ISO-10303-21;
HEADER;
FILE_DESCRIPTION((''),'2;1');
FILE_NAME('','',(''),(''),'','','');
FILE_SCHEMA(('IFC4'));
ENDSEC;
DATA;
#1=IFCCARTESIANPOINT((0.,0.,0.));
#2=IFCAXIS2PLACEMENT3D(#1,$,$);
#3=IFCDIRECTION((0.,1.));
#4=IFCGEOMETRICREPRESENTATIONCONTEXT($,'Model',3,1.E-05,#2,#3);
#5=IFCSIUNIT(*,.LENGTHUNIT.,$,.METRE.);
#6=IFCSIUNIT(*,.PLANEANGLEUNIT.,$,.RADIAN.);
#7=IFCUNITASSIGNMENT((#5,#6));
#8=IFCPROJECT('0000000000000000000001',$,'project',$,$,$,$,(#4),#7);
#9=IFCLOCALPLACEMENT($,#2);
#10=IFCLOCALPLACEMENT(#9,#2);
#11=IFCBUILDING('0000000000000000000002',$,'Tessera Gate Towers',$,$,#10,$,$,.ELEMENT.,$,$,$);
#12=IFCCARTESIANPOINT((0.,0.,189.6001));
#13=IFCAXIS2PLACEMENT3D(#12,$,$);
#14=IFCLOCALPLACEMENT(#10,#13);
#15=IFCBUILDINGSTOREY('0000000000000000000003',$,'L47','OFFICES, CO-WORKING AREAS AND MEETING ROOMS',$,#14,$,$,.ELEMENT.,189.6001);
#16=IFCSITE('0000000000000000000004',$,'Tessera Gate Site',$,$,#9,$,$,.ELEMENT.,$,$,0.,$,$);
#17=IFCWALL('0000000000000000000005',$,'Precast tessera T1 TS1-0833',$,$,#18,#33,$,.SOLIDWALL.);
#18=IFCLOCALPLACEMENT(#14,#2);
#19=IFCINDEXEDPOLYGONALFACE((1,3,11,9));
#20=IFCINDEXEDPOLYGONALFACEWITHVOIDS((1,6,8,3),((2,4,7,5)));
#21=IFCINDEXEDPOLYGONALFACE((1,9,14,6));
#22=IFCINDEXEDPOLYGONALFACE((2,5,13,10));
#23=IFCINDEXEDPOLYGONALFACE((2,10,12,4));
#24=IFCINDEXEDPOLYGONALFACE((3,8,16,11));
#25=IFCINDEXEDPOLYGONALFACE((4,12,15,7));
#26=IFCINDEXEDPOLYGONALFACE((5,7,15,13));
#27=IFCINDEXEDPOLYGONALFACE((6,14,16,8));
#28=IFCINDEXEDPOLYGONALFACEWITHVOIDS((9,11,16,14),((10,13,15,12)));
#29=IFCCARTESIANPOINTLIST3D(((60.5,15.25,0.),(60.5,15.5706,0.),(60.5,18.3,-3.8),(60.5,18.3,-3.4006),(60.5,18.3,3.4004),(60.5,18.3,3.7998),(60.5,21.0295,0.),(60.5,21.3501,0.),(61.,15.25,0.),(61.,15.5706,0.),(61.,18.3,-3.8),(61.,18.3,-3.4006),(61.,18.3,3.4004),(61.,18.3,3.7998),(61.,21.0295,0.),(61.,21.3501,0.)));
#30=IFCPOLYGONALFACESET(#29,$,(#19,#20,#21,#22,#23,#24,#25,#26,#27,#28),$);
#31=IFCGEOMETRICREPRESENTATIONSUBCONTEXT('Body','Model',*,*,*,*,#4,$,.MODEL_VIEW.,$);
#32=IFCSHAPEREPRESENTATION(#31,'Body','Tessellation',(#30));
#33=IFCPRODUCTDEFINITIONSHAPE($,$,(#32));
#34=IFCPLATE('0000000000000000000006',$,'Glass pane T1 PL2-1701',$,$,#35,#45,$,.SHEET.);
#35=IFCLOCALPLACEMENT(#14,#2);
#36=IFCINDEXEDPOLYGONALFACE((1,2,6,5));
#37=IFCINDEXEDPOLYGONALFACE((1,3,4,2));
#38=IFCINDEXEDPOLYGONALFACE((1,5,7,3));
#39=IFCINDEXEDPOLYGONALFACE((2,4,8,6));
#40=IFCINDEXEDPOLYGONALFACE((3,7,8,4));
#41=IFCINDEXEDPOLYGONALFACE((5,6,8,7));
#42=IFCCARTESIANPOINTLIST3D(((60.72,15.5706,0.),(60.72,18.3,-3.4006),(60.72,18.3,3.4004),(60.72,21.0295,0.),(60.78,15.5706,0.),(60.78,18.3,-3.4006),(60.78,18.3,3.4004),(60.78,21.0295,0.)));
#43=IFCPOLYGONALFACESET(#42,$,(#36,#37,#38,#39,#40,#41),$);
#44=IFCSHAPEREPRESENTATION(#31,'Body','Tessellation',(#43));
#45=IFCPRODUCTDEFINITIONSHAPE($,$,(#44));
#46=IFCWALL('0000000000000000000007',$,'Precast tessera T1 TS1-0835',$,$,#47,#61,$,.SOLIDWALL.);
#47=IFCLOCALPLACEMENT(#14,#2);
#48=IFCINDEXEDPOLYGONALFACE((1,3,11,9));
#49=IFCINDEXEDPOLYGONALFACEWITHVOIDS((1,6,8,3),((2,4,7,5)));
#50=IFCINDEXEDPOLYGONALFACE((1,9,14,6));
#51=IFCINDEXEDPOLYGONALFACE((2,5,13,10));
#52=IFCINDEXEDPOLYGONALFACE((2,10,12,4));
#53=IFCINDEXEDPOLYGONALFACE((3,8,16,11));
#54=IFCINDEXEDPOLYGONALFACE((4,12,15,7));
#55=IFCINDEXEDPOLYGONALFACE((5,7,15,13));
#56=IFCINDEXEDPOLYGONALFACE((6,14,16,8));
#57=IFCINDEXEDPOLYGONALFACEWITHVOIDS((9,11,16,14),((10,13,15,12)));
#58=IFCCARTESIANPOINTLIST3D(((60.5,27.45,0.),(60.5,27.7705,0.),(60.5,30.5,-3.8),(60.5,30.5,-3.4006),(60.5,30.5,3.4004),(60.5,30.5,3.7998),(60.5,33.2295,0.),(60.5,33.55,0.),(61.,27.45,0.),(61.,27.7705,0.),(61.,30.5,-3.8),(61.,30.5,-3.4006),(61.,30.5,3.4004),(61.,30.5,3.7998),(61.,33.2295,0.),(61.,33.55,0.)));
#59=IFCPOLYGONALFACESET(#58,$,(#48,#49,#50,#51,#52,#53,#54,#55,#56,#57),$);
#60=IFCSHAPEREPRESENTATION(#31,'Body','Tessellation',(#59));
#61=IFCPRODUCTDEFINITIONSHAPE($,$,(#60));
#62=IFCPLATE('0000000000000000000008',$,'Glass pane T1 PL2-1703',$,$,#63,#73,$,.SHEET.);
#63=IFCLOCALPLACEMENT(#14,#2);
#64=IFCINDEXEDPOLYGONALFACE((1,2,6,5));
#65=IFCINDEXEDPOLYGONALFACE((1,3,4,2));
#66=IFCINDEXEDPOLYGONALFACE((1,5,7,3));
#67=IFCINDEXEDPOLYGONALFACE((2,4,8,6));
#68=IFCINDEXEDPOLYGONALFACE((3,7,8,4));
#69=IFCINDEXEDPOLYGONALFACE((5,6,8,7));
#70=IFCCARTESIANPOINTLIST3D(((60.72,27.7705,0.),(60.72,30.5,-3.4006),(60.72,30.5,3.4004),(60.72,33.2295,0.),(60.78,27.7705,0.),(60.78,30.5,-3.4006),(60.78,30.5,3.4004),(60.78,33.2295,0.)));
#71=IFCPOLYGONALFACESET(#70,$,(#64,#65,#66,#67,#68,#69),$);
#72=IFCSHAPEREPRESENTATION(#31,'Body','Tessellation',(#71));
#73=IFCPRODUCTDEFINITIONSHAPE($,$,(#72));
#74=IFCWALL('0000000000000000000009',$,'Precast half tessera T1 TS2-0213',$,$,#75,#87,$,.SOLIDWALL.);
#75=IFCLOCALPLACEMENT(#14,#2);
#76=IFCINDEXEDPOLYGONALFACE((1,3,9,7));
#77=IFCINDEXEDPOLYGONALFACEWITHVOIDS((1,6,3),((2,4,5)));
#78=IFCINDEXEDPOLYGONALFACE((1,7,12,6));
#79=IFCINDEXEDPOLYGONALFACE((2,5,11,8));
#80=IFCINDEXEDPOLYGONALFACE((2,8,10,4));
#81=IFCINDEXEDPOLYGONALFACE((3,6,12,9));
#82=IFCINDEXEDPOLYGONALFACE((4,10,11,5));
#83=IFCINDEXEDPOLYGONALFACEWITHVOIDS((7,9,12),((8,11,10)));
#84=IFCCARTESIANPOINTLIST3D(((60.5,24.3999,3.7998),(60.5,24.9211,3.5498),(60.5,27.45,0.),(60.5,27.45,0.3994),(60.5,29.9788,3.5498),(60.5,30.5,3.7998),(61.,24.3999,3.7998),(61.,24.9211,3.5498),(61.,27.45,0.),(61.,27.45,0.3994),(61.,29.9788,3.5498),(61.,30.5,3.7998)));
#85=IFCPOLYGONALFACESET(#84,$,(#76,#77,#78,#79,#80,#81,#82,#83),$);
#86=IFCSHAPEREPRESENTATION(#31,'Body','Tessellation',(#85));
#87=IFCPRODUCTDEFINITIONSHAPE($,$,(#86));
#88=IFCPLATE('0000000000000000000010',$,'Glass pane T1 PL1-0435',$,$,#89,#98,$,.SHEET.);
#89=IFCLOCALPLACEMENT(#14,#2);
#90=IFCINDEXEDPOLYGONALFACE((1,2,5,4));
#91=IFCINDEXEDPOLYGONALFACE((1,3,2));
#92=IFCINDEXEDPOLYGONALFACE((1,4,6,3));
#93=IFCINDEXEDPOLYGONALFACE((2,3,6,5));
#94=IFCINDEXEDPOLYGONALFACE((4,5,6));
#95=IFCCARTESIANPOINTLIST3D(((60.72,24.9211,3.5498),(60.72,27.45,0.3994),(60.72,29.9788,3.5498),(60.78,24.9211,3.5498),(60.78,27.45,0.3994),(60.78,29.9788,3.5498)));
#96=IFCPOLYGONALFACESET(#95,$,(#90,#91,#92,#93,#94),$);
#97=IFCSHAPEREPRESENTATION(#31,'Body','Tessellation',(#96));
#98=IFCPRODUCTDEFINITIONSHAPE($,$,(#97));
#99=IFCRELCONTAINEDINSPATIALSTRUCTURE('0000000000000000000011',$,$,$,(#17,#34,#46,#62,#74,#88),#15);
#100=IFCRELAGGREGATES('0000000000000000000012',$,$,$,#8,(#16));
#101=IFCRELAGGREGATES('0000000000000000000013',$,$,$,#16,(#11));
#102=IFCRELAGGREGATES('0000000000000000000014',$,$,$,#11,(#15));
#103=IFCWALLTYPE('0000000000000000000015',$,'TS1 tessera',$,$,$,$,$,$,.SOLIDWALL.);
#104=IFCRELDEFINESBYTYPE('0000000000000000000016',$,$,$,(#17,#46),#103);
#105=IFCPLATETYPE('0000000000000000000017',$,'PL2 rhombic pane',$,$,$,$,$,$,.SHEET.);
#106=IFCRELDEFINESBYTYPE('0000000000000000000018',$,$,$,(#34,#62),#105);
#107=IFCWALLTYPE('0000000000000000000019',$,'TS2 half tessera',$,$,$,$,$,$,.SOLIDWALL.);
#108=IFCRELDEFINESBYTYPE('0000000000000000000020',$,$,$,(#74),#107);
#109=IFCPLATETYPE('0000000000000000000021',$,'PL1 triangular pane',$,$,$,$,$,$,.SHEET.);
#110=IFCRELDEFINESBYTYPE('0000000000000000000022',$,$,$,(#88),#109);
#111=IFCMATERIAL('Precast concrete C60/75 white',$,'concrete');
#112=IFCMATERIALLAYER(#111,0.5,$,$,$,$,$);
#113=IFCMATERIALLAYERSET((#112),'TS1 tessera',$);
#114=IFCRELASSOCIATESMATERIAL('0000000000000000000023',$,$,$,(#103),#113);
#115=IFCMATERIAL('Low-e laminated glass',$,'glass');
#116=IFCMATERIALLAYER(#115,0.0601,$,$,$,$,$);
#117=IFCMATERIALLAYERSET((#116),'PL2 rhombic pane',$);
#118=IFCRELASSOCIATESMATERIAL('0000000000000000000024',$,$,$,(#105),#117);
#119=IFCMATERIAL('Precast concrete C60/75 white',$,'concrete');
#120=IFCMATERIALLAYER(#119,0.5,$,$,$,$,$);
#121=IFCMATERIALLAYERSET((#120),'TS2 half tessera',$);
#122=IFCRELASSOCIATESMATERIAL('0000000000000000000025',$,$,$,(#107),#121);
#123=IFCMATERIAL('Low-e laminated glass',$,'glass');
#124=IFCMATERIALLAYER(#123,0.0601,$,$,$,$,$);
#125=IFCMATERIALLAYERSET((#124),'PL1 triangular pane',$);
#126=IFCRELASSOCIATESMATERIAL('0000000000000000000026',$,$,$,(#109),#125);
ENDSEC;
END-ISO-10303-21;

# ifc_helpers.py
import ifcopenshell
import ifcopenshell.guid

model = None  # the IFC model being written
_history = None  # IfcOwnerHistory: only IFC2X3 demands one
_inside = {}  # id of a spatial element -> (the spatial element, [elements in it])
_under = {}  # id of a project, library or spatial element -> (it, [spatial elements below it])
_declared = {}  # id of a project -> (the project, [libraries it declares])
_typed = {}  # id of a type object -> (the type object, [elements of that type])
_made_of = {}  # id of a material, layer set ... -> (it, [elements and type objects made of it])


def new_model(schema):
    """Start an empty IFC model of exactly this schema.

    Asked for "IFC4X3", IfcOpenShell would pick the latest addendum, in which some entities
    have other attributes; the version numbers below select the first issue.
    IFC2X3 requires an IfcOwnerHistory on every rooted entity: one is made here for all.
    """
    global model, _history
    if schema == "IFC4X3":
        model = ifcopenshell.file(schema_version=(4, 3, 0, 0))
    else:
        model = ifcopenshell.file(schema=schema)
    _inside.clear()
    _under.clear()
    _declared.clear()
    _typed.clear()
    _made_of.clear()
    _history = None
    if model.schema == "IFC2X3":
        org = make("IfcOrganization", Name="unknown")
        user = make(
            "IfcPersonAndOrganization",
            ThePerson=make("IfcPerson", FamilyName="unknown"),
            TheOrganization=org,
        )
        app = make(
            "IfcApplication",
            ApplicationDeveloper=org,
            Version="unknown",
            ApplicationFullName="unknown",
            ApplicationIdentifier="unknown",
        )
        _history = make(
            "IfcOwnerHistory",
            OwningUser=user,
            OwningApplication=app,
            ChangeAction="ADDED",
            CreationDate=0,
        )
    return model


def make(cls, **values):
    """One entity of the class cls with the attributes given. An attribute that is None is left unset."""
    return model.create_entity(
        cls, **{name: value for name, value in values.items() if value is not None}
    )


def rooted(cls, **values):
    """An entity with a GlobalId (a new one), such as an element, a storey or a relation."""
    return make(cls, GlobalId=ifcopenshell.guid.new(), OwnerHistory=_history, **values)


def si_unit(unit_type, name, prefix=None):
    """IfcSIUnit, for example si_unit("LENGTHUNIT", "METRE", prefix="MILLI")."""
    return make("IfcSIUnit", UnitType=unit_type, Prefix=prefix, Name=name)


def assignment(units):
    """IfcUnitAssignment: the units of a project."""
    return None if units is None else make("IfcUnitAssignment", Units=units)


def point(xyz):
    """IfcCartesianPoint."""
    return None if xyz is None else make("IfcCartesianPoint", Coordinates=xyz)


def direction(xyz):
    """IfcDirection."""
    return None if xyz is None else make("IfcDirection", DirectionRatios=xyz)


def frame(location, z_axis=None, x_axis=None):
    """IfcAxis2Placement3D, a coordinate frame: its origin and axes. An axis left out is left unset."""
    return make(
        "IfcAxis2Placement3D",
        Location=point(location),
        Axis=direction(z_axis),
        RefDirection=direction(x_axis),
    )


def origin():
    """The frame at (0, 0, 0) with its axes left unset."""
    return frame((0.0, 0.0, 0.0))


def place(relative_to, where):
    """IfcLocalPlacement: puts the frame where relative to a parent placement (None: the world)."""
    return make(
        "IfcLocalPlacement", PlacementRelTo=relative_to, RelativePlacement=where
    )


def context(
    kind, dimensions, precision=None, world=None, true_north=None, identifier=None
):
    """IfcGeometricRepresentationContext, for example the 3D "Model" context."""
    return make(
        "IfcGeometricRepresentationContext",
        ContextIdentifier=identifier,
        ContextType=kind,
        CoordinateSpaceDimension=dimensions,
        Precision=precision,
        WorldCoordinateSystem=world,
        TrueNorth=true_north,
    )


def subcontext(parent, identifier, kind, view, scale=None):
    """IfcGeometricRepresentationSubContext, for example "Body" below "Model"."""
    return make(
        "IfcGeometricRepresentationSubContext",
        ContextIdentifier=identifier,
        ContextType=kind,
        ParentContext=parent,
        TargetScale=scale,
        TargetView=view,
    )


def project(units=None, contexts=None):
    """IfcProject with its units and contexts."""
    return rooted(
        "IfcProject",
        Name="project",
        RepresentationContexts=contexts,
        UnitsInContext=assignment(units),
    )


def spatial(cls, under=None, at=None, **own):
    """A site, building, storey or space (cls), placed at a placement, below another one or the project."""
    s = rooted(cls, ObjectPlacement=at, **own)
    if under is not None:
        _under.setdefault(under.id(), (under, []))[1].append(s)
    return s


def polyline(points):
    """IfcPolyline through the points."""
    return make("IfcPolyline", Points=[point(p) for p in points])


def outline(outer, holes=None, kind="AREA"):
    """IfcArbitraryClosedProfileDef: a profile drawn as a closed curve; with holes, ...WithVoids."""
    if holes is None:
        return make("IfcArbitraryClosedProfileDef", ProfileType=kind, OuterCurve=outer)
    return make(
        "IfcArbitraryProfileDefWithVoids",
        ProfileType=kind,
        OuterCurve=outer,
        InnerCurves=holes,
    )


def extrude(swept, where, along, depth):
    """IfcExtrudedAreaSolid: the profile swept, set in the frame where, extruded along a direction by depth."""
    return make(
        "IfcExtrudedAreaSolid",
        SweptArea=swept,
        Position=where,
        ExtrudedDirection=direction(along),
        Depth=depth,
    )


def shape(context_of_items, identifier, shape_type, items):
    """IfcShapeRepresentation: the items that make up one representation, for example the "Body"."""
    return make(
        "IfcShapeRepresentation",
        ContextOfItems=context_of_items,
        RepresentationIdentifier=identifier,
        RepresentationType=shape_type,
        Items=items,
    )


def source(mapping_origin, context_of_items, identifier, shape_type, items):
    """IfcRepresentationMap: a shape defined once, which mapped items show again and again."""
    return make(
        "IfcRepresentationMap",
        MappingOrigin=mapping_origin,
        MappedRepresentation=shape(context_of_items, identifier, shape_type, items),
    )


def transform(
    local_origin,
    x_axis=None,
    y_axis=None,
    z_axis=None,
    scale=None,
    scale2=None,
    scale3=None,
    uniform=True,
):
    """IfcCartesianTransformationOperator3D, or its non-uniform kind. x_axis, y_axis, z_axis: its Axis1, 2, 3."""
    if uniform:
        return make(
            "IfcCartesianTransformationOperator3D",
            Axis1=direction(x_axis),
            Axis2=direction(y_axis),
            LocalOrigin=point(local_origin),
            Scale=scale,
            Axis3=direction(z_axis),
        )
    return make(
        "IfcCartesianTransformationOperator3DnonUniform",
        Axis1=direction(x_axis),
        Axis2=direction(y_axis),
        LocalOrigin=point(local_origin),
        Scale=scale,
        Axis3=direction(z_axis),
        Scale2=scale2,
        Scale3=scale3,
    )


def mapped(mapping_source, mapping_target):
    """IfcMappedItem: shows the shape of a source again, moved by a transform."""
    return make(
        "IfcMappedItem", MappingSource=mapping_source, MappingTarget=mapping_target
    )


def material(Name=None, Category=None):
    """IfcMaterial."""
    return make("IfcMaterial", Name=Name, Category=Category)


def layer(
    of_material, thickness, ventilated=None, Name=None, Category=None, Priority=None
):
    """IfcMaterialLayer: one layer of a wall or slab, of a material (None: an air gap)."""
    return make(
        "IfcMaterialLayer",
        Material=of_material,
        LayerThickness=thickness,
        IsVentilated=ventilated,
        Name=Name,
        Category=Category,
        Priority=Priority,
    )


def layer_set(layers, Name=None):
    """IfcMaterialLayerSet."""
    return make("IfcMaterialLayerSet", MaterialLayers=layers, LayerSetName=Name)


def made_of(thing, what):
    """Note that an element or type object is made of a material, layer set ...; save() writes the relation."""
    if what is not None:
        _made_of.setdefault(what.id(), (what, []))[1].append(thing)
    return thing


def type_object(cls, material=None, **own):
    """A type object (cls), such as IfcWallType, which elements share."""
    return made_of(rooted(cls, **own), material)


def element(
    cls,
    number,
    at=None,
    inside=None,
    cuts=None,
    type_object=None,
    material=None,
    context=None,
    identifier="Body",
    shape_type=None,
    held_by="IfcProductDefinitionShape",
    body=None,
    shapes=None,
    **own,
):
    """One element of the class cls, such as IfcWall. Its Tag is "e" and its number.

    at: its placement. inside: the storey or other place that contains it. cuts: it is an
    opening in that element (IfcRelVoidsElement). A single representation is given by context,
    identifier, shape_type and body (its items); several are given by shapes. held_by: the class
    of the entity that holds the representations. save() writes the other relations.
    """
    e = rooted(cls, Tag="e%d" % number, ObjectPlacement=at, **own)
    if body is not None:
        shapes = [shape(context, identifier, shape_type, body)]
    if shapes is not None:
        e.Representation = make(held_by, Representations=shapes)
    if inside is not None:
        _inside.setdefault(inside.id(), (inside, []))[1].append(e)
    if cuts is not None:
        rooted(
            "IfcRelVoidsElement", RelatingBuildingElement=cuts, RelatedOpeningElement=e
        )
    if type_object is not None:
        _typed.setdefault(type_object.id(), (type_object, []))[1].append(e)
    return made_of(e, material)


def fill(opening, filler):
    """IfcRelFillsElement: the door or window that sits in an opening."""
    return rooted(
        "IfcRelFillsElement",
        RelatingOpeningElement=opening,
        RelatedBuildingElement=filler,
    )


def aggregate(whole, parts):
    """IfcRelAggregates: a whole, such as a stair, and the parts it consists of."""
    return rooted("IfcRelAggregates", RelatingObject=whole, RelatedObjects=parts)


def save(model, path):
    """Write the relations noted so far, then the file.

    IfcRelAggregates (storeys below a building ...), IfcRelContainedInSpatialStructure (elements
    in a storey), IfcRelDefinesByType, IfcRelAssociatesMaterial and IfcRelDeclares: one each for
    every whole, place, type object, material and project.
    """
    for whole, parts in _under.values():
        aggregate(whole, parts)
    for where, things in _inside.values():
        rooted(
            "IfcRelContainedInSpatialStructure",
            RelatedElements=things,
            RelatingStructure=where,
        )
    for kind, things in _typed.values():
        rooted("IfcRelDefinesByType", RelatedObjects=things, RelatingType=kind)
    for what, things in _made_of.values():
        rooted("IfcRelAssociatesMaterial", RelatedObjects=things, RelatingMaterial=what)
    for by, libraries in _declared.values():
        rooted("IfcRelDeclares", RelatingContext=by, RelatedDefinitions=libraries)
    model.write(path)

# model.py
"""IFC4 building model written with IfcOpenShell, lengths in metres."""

from ifc_helpers import new_model, si_unit, direction, frame, origin, place, context, subcontext, project, spatial, polyline, outline, extrude, source, transform, mapped, material, layer, layer_set, type_object, element, fill, save


model = new_model("IFC4")

# Units and contexts
model_context = context("Model", 3, precision=1e-05, world=origin(), true_north=direction((0.0, 1.0)))
body_context = subcontext(model_context, "Body", "Model", "MODEL_VIEW")
ifc_project = project(units=[si_unit("LENGTHUNIT", "METRE"), si_unit("PLANEANGLEUNIT", "RADIAN")], contexts=[model_context])

# Site, building, storey
site_placement = place(None, origin())
site = spatial("IfcSite", under=ifc_project, at=site_placement, Name="Tessera Gate Site", CompositionType="ELEMENT", RefElevation=0.0)
building_placement = place(site_placement, origin())
building = spatial("IfcBuilding", under=site, at=building_placement, Name="Tessera Gate Towers", CompositionType="ELEMENT")
storey_placement = place(building_placement, frame((0.0, 0.0, 189.6001)))
storey = spatial("IfcBuildingStorey", under=building, at=storey_placement, Name="L47", Description="OFFICES, CO-WORKING AREAS AND MEETING ROOMS", CompositionType="ELEMENT", Elevation=189.6001)

# Walls, openings, plates
ifc_material_1 = material(Name="Precast concrete C60/75 white", Category="concrete")
ifc_layer_1 = layer(ifc_material_1, 0.5)
ifc_layer_set_1 = layer_set([ifc_layer_1], Name="TS1 tessera")
wall_type_1 = type_object("IfcWallType", Name="TS1 tessera", PredefinedType="SOLIDWALL", material=ifc_layer_set_1)
shared_shape_1 = source(origin(), body_context, "Body", "SweptSolid", [
    extrude(outline(polyline([(3.05, 0.0), (6.1001, 3.8), (3.05, 7.5999), (0.0, 3.8), (3.05, 0.0)])), frame((0.0, 0.25, 0.0), z_axis=(0.0, -1.0, 0.0), x_axis=(1.0, 0.0, 0.0)), (0.0, 0.0, 1.0), 0.5),
])
wall_1_placement = place(storey_placement, frame((60.75, 15.25, -3.8), z_axis=(0.0, 0.0, 1.0), x_axis=(0.0, 1.0, 0.0)))
wall_1 = element("IfcWall", 1, at=wall_1_placement, inside=storey, type_object=wall_type_1, Name="Precast tessera T1 TS1-0833", PredefinedType="SOLIDWALL", context=body_context, shape_type="MappedRepresentation", body=[
    mapped(shared_shape_1, transform((0.0, 0.0, 0.0), scale=1.0)),
])
shared_shape_2 = source(origin(), body_context, "Body", "SweptSolid", [
    extrude(outline(polyline([(3.05, 0.3994), (5.7795, 3.8), (3.05, 7.2004), (0.3206, 3.8), (3.05, 0.3994)])), frame((0.0, 0.26, 0.0), z_axis=(0.0, -1.0, 0.0), x_axis=(1.0, 0.0, 0.0)), (0.0, 0.0, 1.0), 0.52),
])
opening_1_placement = place(wall_1_placement, origin())
opening_1 = element("IfcOpeningElement", 2, at=opening_1_placement, cuts=wall_1, PredefinedType="OPENING", context=body_context, shape_type="MappedRepresentation", body=[
    mapped(shared_shape_2, transform((0.0, 0.0, 0.0), scale=1.0)),
])
ifc_material_2 = material(Name="Low-e laminated glass", Category="glass")
ifc_layer_2 = layer(ifc_material_2, 0.0601)
ifc_layer_set_2 = layer_set([ifc_layer_2], Name="PL2 rhombic pane")
plate_type_1 = type_object("IfcPlateType", Name="PL2 rhombic pane", PredefinedType="SHEET", material=ifc_layer_set_2)
shared_shape_3 = source(origin(), body_context, "Body", "SweptSolid", [
    extrude(outline(polyline([(3.05, 0.3994), (5.7795, 3.8), (3.05, 7.2004), (0.3206, 3.8), (3.05, 0.3994)])), frame((0.0, 0.03, 0.0), z_axis=(0.0, -1.0, 0.0), x_axis=(1.0, 0.0, 0.0)), (0.0, 0.0, 1.0), 0.0601),
])
plate_1_placement = place(opening_1_placement, origin())
plate_1 = element("IfcPlate", 3, at=plate_1_placement, inside=storey, type_object=plate_type_1, Name="Glass pane T1 PL2-1701", PredefinedType="SHEET", context=body_context, shape_type="MappedRepresentation", body=[
    mapped(shared_shape_3, transform((0.0, 0.0, 0.0), scale=1.0)),
])
fill(opening_1, plate_1)
wall_2_placement = place(storey_placement, frame((60.75, 27.45, -3.8), z_axis=(0.0, 0.0, 1.0), x_axis=(0.0, 1.0, 0.0)))
wall_2 = element("IfcWall", 4, at=wall_2_placement, inside=storey, type_object=wall_type_1, Name="Precast tessera T1 TS1-0835", PredefinedType="SOLIDWALL", context=body_context, shape_type="MappedRepresentation", body=[
    mapped(shared_shape_1, transform((0.0, 0.0, 0.0), scale=1.0)),
])
opening_2_placement = place(wall_2_placement, origin())
opening_2 = element("IfcOpeningElement", 5, at=opening_2_placement, cuts=wall_2, PredefinedType="OPENING", context=body_context, shape_type="MappedRepresentation", body=[
    mapped(shared_shape_2, transform((0.0, 0.0, 0.0), scale=1.0)),
])
plate_2_placement = place(opening_2_placement, origin())
plate_2 = element("IfcPlate", 6, at=plate_2_placement, inside=storey, type_object=plate_type_1, Name="Glass pane T1 PL2-1703", PredefinedType="SHEET", context=body_context, shape_type="MappedRepresentation", body=[
    mapped(shared_shape_3, transform((0.0, 0.0, 0.0), scale=1.0)),
])
fill(opening_2, plate_2)
ifc_material_3 = material(Name="Precast concrete C60/75 white", Category="concrete")
ifc_layer_3 = layer(ifc_material_3, 0.5)
ifc_layer_set_3 = layer_set([ifc_layer_3], Name="TS2 half tessera")
wall_type_2 = type_object("IfcWallType", Name="TS2 half tessera", PredefinedType="SOLIDWALL", material=ifc_layer_set_3)
shared_shape_4 = source(origin(), body_context, "Body", "SweptSolid", [
    extrude(outline(polyline([(3.05, 0.0), (6.1001, 3.7998), (0.0, 3.7998), (3.05, 0.0)])), frame((0.0, 0.25, 0.0), z_axis=(0.0, -1.0, 0.0), x_axis=(1.0, 0.0, 0.0)), (0.0, 0.0, 1.0), 0.5),
])
wall_3_placement = place(storey_placement, frame((60.75, 24.3999, 0.0), z_axis=(0.0, 0.0, 1.0), x_axis=(0.0, 1.0, 0.0)))
wall_3 = element("IfcWall", 7, at=wall_3_placement, inside=storey, type_object=wall_type_2, Name="Precast half tessera T1 TS2-0213", PredefinedType="SOLIDWALL", context=body_context, shape_type="MappedRepresentation", body=[
    mapped(shared_shape_4, transform((0.0, 0.0, 0.0), scale=1.0)),
])
shared_shape_5 = source(origin(), body_context, "Body", "SweptSolid", [
    extrude(outline(polyline([(3.05, 0.3994), (5.5789, 3.5498), (0.5212, 3.5498), (3.05, 0.3994)])), frame((0.0, 0.26, 0.0), z_axis=(0.0, -1.0, 0.0), x_axis=(1.0, 0.0, 0.0)), (0.0, 0.0, 1.0), 0.52),
])
opening_3_placement = place(wall_3_placement, origin())
opening_3 = element("IfcOpeningElement", 8, at=opening_3_placement, cuts=wall_3, PredefinedType="OPENING", context=body_context, shape_type="MappedRepresentation", body=[
    mapped(shared_shape_5, transform((0.0, 0.0, 0.0), scale=1.0)),
])
ifc_material_4 = material(Name="Low-e laminated glass", Category="glass")
ifc_layer_4 = layer(ifc_material_4, 0.0601)
ifc_layer_set_4 = layer_set([ifc_layer_4], Name="PL1 triangular pane")
plate_type_2 = type_object("IfcPlateType", Name="PL1 triangular pane", PredefinedType="SHEET", material=ifc_layer_set_4)
shared_shape_6 = source(origin(), body_context, "Body", "SweptSolid", [
    extrude(outline(polyline([(3.05, 0.3994), (5.5789, 3.5498), (0.5212, 3.5498), (3.05, 0.3994)])), frame((0.0, 0.03, 0.0), z_axis=(0.0, -1.0, 0.0), x_axis=(1.0, 0.0, 0.0)), (0.0, 0.0, 1.0), 0.0601),
])
plate_3_placement = place(opening_3_placement, origin())
plate_3 = element("IfcPlate", 9, at=plate_3_placement, inside=storey, type_object=plate_type_2, Name="Glass pane T1 PL1-0435", PredefinedType="SHEET", context=body_context, shape_type="MappedRepresentation", body=[
    mapped(shared_shape_6, transform((0.0, 0.0, 0.0), scale=1.0)),
])
fill(opening_3, plate_3)

save(model, "model.ifc")
